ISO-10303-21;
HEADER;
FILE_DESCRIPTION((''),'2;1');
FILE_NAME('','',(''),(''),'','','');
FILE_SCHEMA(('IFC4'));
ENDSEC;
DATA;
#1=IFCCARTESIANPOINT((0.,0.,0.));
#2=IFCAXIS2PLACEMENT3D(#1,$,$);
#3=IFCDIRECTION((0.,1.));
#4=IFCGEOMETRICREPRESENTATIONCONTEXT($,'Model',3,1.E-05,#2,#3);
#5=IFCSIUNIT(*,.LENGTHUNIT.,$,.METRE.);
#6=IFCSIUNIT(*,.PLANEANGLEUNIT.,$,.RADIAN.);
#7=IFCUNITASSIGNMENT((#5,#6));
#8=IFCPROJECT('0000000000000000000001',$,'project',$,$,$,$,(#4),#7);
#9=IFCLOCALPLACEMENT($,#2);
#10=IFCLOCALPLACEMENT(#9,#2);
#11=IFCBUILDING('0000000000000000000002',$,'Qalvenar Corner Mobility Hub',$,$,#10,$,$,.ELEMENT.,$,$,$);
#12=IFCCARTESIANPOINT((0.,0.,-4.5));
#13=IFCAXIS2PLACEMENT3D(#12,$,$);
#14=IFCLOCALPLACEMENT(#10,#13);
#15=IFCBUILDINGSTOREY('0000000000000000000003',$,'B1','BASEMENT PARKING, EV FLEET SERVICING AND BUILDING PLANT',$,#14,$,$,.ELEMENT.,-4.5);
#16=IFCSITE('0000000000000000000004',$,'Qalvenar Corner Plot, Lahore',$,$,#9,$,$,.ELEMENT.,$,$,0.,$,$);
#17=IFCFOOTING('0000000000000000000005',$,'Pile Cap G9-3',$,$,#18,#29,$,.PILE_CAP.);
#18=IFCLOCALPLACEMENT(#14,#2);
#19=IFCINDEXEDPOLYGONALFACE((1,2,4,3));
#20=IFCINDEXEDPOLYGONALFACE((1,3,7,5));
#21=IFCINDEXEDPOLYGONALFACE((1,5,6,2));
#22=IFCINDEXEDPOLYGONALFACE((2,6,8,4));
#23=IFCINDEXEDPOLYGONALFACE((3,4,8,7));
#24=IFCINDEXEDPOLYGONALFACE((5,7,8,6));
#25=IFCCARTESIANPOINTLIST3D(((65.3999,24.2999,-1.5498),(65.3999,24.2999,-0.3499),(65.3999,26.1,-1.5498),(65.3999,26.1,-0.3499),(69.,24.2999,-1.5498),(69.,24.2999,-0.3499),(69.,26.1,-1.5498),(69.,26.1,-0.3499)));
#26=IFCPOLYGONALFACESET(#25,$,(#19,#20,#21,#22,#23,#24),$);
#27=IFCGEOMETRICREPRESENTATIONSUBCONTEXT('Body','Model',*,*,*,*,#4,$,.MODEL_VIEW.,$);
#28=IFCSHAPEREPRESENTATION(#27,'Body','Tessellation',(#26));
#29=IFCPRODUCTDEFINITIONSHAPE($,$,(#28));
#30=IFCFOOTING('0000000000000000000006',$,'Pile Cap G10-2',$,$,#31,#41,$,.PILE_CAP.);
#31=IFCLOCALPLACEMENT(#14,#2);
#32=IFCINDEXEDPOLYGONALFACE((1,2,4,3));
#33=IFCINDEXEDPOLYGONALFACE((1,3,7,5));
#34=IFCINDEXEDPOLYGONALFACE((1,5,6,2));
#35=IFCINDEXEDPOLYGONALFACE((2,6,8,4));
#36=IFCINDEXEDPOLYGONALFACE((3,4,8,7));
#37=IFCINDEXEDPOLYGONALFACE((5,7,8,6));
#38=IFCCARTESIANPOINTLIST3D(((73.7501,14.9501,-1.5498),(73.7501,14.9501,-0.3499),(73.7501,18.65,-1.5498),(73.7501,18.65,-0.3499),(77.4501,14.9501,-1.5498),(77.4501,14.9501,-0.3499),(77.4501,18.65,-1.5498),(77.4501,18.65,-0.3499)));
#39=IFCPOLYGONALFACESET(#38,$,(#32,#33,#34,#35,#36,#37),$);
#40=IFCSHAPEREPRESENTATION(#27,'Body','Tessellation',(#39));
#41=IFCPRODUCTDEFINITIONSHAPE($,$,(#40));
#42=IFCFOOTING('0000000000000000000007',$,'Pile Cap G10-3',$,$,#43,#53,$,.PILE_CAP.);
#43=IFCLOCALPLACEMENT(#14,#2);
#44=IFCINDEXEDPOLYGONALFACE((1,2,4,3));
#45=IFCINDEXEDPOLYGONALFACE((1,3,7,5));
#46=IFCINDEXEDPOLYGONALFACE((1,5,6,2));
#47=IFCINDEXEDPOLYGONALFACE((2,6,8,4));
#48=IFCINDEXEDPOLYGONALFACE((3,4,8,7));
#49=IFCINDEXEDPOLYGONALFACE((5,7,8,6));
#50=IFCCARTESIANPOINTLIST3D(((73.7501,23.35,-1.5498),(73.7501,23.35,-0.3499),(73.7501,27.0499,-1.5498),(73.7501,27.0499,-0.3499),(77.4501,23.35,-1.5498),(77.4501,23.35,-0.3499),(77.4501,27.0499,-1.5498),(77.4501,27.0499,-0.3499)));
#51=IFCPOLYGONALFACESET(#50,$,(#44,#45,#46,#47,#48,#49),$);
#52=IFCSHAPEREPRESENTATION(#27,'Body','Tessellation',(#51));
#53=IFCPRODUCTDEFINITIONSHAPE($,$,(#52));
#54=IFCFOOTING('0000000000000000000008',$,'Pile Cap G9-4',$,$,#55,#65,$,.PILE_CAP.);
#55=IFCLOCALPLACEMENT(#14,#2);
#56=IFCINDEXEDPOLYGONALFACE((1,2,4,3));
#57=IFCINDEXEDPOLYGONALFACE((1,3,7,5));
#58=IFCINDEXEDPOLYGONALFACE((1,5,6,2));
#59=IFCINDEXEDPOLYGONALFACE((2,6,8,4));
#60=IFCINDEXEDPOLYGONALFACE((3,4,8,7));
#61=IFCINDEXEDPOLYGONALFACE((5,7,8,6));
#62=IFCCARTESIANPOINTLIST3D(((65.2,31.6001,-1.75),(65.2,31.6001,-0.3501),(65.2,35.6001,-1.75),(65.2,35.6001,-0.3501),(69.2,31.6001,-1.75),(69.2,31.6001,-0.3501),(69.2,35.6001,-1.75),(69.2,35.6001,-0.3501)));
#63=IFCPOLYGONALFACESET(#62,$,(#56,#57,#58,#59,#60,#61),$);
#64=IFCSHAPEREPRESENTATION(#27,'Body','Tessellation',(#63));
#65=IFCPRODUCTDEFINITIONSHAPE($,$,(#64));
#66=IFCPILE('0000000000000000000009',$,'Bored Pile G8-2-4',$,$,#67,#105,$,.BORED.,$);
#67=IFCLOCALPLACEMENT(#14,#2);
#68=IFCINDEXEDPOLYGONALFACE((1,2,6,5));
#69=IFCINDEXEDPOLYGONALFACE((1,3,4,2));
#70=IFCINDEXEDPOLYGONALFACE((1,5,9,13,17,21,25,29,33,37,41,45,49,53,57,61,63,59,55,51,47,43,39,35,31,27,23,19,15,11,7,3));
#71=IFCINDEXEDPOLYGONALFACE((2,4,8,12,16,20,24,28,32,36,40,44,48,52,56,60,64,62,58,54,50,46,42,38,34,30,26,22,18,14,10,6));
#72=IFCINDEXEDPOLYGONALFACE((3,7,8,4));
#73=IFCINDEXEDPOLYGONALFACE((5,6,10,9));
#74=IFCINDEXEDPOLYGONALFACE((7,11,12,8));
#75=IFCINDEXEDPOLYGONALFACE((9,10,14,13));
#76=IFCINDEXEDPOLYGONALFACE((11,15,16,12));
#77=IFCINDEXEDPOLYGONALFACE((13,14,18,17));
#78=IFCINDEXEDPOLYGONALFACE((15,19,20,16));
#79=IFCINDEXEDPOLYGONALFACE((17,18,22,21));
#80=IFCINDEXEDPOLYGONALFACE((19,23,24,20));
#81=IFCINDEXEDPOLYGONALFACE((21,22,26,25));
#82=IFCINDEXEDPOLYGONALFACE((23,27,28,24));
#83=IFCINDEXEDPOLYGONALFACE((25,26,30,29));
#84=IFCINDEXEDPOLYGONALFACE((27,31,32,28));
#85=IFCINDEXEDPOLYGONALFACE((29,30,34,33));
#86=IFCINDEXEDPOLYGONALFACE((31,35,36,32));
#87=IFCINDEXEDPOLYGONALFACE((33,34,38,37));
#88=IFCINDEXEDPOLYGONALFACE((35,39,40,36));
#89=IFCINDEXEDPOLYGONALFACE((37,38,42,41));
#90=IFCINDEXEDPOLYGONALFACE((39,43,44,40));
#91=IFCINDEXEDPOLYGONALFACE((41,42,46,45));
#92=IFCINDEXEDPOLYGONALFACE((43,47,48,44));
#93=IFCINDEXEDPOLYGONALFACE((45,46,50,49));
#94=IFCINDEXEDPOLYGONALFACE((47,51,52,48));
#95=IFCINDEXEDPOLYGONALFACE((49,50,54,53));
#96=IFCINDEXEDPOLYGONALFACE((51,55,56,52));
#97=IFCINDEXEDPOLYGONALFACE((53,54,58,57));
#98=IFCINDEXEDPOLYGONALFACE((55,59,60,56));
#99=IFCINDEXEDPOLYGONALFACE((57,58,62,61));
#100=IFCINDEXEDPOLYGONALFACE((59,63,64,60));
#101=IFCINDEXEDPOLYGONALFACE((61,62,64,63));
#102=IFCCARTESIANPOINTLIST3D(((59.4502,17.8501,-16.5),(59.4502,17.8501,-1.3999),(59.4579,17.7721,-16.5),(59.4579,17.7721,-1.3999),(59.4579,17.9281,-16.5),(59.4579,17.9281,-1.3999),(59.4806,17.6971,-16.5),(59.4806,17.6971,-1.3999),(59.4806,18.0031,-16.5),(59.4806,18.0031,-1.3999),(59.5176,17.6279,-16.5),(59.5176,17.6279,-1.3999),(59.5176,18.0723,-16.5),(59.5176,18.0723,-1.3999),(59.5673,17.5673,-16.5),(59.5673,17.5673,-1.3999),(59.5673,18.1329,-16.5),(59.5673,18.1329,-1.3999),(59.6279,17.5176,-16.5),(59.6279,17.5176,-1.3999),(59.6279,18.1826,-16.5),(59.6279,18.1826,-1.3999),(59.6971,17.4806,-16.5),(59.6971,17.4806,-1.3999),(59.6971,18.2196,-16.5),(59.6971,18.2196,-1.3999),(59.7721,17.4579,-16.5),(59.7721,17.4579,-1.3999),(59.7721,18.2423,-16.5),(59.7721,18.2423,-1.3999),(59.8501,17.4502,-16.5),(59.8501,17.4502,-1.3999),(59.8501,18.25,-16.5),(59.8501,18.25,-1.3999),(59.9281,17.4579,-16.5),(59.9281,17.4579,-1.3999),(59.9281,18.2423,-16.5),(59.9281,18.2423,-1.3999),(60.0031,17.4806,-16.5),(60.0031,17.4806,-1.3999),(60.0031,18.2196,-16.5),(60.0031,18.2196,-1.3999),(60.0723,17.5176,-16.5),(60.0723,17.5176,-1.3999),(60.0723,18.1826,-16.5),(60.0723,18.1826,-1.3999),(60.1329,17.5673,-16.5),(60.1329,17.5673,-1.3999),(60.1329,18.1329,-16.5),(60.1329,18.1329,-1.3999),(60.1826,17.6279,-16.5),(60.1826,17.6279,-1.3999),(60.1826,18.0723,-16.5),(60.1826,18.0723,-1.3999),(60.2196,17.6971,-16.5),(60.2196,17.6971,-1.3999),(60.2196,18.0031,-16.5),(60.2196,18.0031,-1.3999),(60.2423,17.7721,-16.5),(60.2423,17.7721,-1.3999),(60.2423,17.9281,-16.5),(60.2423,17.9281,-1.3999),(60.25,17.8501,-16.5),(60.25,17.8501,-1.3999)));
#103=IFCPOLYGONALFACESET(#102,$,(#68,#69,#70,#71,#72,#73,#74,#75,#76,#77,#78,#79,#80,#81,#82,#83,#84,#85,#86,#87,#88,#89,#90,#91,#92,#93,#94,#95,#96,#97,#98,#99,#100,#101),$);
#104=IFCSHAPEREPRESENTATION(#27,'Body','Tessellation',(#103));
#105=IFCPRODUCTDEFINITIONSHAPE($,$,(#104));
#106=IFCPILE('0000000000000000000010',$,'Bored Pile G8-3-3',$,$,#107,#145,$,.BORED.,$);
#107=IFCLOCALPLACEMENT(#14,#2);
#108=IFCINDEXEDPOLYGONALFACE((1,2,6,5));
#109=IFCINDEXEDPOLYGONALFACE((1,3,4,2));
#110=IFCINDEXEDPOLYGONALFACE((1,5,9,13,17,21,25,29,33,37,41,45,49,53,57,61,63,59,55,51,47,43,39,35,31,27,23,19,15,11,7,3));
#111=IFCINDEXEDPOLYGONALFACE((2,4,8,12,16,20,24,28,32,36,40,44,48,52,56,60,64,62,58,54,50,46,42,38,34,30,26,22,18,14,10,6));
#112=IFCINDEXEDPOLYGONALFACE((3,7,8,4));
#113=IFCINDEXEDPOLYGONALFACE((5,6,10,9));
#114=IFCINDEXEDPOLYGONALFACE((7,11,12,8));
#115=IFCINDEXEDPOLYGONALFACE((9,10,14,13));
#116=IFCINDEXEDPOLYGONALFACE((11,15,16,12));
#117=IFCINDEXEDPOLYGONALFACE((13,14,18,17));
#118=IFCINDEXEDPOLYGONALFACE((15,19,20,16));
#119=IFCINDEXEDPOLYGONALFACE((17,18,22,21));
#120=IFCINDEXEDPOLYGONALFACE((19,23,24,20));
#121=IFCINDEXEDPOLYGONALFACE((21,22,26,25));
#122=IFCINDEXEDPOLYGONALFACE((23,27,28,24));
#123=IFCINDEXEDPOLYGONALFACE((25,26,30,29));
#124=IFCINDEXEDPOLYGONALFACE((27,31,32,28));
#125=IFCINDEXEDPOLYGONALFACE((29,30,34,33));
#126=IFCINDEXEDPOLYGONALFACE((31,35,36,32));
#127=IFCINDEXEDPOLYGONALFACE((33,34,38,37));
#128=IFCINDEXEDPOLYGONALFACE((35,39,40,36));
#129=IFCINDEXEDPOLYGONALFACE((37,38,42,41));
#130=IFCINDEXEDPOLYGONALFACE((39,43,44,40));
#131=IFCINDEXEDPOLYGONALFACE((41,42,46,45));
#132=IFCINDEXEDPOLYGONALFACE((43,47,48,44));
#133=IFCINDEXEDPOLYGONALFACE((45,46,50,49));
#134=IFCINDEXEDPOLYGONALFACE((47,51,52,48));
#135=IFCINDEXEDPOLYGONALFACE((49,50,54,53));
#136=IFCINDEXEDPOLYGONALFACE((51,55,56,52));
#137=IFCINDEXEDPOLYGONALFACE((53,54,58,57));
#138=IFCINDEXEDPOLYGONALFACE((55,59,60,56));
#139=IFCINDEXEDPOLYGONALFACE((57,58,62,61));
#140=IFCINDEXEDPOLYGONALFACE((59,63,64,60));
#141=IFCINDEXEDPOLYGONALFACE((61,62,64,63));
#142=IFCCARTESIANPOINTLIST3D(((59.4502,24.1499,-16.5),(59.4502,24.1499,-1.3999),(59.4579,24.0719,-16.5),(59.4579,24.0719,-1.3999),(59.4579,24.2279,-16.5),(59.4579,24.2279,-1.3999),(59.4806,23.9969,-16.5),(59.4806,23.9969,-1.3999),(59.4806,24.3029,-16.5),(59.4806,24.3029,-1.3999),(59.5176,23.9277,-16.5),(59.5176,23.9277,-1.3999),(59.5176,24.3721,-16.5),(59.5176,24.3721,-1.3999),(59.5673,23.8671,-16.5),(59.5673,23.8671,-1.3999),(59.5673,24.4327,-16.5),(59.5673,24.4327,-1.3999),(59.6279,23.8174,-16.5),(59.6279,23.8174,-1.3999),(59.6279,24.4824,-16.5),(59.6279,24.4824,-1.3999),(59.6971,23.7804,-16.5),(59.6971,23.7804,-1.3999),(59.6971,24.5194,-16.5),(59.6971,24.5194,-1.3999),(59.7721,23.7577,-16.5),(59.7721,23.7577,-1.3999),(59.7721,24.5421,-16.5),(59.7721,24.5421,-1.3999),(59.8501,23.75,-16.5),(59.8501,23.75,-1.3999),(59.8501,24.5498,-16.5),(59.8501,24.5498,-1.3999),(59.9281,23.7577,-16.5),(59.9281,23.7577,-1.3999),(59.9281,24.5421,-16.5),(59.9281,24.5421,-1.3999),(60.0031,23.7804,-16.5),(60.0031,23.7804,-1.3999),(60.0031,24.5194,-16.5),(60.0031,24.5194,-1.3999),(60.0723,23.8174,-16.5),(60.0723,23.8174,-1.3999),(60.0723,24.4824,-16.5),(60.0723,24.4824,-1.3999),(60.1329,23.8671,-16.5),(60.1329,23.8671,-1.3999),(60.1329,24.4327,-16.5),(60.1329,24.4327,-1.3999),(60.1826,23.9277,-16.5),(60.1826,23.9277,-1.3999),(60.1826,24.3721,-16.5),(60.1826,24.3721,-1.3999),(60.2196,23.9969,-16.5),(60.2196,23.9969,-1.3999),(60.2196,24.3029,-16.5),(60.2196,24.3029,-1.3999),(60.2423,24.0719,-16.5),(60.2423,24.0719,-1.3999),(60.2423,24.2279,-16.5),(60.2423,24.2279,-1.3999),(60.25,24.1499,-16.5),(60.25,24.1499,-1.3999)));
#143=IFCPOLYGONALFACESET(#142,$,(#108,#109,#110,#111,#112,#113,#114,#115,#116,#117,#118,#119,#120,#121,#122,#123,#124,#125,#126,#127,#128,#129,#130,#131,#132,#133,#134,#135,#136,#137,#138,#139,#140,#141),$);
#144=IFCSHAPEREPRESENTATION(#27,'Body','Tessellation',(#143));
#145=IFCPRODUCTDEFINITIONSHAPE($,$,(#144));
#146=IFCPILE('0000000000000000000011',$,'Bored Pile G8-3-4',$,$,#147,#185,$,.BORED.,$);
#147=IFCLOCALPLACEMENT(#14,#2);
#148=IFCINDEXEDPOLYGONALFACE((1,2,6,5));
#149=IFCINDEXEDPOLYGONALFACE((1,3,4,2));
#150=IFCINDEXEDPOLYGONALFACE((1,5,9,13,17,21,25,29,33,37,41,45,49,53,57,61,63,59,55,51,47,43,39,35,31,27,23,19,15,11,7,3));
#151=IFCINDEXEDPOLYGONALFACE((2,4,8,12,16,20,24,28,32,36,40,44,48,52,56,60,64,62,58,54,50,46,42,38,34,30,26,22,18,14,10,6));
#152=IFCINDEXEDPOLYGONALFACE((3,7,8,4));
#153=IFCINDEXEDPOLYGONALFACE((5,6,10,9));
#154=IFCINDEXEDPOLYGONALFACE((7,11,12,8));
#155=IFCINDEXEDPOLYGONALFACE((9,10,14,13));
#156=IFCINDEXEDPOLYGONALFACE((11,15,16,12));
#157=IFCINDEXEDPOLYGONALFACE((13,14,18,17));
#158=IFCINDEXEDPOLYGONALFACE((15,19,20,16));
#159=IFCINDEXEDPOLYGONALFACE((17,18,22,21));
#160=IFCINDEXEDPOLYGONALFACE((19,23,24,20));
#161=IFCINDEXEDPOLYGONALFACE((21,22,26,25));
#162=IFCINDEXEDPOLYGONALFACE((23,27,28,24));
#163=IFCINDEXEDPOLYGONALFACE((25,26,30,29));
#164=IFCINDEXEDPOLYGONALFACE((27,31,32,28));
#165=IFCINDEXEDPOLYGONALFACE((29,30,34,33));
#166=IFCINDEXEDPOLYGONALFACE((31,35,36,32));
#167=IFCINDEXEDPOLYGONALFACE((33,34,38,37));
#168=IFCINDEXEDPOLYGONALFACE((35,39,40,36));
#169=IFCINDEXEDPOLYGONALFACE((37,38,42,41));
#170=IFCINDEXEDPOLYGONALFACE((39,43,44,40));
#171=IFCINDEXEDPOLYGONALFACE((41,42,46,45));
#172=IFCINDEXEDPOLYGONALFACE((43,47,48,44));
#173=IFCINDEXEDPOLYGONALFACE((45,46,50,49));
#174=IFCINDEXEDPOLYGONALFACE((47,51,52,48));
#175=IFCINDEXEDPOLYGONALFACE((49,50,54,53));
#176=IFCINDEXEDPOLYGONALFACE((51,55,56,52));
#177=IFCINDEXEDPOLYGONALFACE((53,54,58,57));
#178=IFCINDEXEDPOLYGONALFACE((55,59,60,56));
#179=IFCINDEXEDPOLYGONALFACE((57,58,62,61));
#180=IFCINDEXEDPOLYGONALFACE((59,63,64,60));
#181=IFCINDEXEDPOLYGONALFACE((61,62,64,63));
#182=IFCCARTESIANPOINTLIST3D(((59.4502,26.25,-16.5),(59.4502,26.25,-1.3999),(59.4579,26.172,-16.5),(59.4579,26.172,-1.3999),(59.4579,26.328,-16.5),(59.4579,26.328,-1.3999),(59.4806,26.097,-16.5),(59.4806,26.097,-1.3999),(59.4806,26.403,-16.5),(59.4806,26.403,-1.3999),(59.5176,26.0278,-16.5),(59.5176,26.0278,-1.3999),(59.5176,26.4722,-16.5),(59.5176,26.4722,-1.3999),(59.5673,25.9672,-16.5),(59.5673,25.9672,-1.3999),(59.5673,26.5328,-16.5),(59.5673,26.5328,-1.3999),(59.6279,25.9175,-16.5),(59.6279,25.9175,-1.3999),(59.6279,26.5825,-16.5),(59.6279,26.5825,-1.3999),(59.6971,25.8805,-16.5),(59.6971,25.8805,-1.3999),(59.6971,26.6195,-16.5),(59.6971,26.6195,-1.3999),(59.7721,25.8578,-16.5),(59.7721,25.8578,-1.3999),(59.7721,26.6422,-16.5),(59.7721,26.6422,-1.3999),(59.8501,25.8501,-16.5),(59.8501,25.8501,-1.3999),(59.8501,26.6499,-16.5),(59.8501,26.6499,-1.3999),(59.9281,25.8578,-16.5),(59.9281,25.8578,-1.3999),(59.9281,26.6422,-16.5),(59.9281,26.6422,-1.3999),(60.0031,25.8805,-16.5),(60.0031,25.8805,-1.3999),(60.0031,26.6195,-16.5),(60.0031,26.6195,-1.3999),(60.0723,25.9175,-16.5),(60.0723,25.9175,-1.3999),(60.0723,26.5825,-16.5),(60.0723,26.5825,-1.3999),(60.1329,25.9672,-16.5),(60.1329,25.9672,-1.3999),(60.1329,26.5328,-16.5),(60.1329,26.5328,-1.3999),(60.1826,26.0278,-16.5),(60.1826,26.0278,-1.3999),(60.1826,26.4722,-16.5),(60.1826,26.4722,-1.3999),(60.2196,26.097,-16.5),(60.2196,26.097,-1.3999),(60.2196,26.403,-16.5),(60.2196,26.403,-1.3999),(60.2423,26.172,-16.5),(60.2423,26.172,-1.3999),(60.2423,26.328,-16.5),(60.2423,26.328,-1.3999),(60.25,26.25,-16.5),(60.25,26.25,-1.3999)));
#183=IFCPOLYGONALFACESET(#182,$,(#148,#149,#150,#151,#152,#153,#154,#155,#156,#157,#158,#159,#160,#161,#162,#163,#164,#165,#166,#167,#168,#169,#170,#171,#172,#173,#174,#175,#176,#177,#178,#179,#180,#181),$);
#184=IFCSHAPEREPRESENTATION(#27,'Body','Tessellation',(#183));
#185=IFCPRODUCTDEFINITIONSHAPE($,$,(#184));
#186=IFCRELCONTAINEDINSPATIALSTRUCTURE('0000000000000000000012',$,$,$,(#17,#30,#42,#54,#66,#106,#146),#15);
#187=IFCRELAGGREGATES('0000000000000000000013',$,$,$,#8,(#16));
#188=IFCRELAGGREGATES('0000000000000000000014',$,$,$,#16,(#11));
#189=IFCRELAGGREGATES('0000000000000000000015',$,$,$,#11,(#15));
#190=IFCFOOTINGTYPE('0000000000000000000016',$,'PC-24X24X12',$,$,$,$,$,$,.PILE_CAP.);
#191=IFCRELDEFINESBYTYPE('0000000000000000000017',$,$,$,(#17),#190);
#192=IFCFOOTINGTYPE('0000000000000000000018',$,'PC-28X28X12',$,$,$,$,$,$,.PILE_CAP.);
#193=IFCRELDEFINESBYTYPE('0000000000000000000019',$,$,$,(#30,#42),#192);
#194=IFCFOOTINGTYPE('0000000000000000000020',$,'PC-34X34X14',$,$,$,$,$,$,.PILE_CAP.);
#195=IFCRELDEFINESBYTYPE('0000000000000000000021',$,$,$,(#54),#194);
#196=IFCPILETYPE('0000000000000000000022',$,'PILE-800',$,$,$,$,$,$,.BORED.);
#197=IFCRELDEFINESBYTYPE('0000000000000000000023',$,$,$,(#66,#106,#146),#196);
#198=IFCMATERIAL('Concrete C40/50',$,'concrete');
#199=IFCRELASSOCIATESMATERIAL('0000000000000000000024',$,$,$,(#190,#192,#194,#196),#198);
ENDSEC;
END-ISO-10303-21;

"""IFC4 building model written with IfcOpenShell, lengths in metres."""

from ifc_helpers import new_model, si_unit, direction, frame, origin, origin_2d, place, context, subcontext, project, spatial, rectangle, circle, extrude, material, material_profile, profile_set, type_object, element, save


model = new_model("IFC4")

# Units and contexts
model_context = context("Model", 3, precision=1e-05, world=origin(), true_north=direction((0.0, 1.0)))
body_context = subcontext(model_context, "Body", "Model", "MODEL_VIEW")
ifc_project = project(units=[si_unit("LENGTHUNIT", "METRE"), si_unit("PLANEANGLEUNIT", "RADIAN")], contexts=[model_context])

# Site, building, storey
site_placement = place(None, origin())
site = spatial("IfcSite", under=ifc_project, at=site_placement, Name="Qalvenar Corner Plot, Lahore", CompositionType="ELEMENT", RefElevation=0.0)
building_placement = place(site_placement, origin())
building = spatial("IfcBuilding", under=site, at=building_placement, Name="Qalvenar Corner Mobility Hub", CompositionType="ELEMENT")
storey_placement = place(building_placement, frame((0.0, 0.0, -4.5)))
storey = spatial("IfcBuildingStorey", under=building, at=storey_placement, Name="B1", Description="BASEMENT PARKING, EV FLEET SERVICING AND BUILDING PLANT", CompositionType="ELEMENT", Elevation=-4.5)

# Footings
ifc_material_1 = material(Name="Concrete C40/50", Category="concrete")
footing_type_1 = type_object("IfcFootingType", Name="PC-24X24X12", PredefinedType="PILE_CAP", material=ifc_material_1)
footing_1_placement = place(storey_placement, frame((67.2, 25.2, -1.5498), z_axis=(0.0, 0.0, 1.0), x_axis=(1.0, 0.0, 0.0)))
element("IfcFooting", 1, at=footing_1_placement, inside=storey, type_object=footing_type_1, Name="Pile Cap G9-3", PredefinedType="PILE_CAP", context=body_context, shape_type="SweptSolid", body=[
    extrude(rectangle(XDim=3.6001, YDim=1.8, at=origin_2d()), origin(), (0.0, 0.0, 1.0), 1.2),
])
footing_type_2 = type_object("IfcFootingType", Name="PC-28X28X12", PredefinedType="PILE_CAP", material=ifc_material_1)
for number, where, z_axis, x_axis, name in (
    (2, (75.6001, 16.8, -1.5498), (0.0, 0.0, 1.0), (1.0, 0.0, 0.0), "Pile Cap G10-2"),
    (3, (75.6001, 25.2, -1.5498), (0.0, 0.0, 1.0), (1.0, 0.0, 0.0), "Pile Cap G10-3"),
):
    element("IfcFooting", number, at=place(storey_placement, frame(where, z_axis=z_axis, x_axis=x_axis)), inside=storey, type_object=footing_type_2, Name=name, PredefinedType="PILE_CAP", context=body_context, shape_type="SweptSolid", body=[
        extrude(rectangle(XDim=3.7, YDim=3.7, at=origin_2d()), origin(), (0.0, 0.0, 1.0), 1.2),
    ])
footing_type_3 = type_object("IfcFootingType", Name="PC-34X34X14", PredefinedType="PILE_CAP", material=ifc_material_1)
footing_2_placement = place(storey_placement, frame((67.2, 33.6001, -1.75), z_axis=(0.0, 0.0, 1.0), x_axis=(1.0, 0.0, 0.0)))
element("IfcFooting", 4, at=footing_2_placement, inside=storey, type_object=footing_type_3, Name="Pile Cap G9-4", PredefinedType="PILE_CAP", context=body_context, shape_type="SweptSolid", body=[
    extrude(rectangle(XDim=4.0, YDim=4.0, at=origin_2d()), origin(), (0.0, 0.0, 1.0), 1.3999),
])

# Piles
ifc_material_profile_1 = material_profile(ifc_material_1, circle(Radius=0.3999, at=origin_2d()), Name="DIA800")
ifc_profile_set_1 = profile_set([ifc_material_profile_1], Name="Concrete C40/50")
pile_type_1 = type_object("IfcPileType", Name="PILE-800", PredefinedType="BORED", material=ifc_profile_set_1)
for number, where, z_axis, x_axis, name in (
    (5, (59.8501, 17.8501, -1.3999), (0.0, 0.0, -1.0), (1.0, 0.0, 0.0), "Bored Pile G8-2-4"),
    (6, (59.8501, 24.1499, -1.3999), (0.0, 0.0, -1.0), (1.0, 0.0, 0.0), "Bored Pile G8-3-3"),
    (7, (59.8501, 26.25, -1.3999), (0.0, 0.0, -1.0), (1.0, 0.0, 0.0), "Bored Pile G8-3-4"),
):
    element("IfcPile", number, at=place(storey_placement, frame(where, z_axis=z_axis, x_axis=x_axis)), inside=storey, type_object=pile_type_1, Name=name, PredefinedType="BORED", context=body_context, shape_type="SweptSolid", body=[
        extrude(circle(Radius=0.3999, at=origin_2d()), origin(), (0.0, 0.0, 1.0), 15.1001),
    ])

save(model, "model.ifc")
